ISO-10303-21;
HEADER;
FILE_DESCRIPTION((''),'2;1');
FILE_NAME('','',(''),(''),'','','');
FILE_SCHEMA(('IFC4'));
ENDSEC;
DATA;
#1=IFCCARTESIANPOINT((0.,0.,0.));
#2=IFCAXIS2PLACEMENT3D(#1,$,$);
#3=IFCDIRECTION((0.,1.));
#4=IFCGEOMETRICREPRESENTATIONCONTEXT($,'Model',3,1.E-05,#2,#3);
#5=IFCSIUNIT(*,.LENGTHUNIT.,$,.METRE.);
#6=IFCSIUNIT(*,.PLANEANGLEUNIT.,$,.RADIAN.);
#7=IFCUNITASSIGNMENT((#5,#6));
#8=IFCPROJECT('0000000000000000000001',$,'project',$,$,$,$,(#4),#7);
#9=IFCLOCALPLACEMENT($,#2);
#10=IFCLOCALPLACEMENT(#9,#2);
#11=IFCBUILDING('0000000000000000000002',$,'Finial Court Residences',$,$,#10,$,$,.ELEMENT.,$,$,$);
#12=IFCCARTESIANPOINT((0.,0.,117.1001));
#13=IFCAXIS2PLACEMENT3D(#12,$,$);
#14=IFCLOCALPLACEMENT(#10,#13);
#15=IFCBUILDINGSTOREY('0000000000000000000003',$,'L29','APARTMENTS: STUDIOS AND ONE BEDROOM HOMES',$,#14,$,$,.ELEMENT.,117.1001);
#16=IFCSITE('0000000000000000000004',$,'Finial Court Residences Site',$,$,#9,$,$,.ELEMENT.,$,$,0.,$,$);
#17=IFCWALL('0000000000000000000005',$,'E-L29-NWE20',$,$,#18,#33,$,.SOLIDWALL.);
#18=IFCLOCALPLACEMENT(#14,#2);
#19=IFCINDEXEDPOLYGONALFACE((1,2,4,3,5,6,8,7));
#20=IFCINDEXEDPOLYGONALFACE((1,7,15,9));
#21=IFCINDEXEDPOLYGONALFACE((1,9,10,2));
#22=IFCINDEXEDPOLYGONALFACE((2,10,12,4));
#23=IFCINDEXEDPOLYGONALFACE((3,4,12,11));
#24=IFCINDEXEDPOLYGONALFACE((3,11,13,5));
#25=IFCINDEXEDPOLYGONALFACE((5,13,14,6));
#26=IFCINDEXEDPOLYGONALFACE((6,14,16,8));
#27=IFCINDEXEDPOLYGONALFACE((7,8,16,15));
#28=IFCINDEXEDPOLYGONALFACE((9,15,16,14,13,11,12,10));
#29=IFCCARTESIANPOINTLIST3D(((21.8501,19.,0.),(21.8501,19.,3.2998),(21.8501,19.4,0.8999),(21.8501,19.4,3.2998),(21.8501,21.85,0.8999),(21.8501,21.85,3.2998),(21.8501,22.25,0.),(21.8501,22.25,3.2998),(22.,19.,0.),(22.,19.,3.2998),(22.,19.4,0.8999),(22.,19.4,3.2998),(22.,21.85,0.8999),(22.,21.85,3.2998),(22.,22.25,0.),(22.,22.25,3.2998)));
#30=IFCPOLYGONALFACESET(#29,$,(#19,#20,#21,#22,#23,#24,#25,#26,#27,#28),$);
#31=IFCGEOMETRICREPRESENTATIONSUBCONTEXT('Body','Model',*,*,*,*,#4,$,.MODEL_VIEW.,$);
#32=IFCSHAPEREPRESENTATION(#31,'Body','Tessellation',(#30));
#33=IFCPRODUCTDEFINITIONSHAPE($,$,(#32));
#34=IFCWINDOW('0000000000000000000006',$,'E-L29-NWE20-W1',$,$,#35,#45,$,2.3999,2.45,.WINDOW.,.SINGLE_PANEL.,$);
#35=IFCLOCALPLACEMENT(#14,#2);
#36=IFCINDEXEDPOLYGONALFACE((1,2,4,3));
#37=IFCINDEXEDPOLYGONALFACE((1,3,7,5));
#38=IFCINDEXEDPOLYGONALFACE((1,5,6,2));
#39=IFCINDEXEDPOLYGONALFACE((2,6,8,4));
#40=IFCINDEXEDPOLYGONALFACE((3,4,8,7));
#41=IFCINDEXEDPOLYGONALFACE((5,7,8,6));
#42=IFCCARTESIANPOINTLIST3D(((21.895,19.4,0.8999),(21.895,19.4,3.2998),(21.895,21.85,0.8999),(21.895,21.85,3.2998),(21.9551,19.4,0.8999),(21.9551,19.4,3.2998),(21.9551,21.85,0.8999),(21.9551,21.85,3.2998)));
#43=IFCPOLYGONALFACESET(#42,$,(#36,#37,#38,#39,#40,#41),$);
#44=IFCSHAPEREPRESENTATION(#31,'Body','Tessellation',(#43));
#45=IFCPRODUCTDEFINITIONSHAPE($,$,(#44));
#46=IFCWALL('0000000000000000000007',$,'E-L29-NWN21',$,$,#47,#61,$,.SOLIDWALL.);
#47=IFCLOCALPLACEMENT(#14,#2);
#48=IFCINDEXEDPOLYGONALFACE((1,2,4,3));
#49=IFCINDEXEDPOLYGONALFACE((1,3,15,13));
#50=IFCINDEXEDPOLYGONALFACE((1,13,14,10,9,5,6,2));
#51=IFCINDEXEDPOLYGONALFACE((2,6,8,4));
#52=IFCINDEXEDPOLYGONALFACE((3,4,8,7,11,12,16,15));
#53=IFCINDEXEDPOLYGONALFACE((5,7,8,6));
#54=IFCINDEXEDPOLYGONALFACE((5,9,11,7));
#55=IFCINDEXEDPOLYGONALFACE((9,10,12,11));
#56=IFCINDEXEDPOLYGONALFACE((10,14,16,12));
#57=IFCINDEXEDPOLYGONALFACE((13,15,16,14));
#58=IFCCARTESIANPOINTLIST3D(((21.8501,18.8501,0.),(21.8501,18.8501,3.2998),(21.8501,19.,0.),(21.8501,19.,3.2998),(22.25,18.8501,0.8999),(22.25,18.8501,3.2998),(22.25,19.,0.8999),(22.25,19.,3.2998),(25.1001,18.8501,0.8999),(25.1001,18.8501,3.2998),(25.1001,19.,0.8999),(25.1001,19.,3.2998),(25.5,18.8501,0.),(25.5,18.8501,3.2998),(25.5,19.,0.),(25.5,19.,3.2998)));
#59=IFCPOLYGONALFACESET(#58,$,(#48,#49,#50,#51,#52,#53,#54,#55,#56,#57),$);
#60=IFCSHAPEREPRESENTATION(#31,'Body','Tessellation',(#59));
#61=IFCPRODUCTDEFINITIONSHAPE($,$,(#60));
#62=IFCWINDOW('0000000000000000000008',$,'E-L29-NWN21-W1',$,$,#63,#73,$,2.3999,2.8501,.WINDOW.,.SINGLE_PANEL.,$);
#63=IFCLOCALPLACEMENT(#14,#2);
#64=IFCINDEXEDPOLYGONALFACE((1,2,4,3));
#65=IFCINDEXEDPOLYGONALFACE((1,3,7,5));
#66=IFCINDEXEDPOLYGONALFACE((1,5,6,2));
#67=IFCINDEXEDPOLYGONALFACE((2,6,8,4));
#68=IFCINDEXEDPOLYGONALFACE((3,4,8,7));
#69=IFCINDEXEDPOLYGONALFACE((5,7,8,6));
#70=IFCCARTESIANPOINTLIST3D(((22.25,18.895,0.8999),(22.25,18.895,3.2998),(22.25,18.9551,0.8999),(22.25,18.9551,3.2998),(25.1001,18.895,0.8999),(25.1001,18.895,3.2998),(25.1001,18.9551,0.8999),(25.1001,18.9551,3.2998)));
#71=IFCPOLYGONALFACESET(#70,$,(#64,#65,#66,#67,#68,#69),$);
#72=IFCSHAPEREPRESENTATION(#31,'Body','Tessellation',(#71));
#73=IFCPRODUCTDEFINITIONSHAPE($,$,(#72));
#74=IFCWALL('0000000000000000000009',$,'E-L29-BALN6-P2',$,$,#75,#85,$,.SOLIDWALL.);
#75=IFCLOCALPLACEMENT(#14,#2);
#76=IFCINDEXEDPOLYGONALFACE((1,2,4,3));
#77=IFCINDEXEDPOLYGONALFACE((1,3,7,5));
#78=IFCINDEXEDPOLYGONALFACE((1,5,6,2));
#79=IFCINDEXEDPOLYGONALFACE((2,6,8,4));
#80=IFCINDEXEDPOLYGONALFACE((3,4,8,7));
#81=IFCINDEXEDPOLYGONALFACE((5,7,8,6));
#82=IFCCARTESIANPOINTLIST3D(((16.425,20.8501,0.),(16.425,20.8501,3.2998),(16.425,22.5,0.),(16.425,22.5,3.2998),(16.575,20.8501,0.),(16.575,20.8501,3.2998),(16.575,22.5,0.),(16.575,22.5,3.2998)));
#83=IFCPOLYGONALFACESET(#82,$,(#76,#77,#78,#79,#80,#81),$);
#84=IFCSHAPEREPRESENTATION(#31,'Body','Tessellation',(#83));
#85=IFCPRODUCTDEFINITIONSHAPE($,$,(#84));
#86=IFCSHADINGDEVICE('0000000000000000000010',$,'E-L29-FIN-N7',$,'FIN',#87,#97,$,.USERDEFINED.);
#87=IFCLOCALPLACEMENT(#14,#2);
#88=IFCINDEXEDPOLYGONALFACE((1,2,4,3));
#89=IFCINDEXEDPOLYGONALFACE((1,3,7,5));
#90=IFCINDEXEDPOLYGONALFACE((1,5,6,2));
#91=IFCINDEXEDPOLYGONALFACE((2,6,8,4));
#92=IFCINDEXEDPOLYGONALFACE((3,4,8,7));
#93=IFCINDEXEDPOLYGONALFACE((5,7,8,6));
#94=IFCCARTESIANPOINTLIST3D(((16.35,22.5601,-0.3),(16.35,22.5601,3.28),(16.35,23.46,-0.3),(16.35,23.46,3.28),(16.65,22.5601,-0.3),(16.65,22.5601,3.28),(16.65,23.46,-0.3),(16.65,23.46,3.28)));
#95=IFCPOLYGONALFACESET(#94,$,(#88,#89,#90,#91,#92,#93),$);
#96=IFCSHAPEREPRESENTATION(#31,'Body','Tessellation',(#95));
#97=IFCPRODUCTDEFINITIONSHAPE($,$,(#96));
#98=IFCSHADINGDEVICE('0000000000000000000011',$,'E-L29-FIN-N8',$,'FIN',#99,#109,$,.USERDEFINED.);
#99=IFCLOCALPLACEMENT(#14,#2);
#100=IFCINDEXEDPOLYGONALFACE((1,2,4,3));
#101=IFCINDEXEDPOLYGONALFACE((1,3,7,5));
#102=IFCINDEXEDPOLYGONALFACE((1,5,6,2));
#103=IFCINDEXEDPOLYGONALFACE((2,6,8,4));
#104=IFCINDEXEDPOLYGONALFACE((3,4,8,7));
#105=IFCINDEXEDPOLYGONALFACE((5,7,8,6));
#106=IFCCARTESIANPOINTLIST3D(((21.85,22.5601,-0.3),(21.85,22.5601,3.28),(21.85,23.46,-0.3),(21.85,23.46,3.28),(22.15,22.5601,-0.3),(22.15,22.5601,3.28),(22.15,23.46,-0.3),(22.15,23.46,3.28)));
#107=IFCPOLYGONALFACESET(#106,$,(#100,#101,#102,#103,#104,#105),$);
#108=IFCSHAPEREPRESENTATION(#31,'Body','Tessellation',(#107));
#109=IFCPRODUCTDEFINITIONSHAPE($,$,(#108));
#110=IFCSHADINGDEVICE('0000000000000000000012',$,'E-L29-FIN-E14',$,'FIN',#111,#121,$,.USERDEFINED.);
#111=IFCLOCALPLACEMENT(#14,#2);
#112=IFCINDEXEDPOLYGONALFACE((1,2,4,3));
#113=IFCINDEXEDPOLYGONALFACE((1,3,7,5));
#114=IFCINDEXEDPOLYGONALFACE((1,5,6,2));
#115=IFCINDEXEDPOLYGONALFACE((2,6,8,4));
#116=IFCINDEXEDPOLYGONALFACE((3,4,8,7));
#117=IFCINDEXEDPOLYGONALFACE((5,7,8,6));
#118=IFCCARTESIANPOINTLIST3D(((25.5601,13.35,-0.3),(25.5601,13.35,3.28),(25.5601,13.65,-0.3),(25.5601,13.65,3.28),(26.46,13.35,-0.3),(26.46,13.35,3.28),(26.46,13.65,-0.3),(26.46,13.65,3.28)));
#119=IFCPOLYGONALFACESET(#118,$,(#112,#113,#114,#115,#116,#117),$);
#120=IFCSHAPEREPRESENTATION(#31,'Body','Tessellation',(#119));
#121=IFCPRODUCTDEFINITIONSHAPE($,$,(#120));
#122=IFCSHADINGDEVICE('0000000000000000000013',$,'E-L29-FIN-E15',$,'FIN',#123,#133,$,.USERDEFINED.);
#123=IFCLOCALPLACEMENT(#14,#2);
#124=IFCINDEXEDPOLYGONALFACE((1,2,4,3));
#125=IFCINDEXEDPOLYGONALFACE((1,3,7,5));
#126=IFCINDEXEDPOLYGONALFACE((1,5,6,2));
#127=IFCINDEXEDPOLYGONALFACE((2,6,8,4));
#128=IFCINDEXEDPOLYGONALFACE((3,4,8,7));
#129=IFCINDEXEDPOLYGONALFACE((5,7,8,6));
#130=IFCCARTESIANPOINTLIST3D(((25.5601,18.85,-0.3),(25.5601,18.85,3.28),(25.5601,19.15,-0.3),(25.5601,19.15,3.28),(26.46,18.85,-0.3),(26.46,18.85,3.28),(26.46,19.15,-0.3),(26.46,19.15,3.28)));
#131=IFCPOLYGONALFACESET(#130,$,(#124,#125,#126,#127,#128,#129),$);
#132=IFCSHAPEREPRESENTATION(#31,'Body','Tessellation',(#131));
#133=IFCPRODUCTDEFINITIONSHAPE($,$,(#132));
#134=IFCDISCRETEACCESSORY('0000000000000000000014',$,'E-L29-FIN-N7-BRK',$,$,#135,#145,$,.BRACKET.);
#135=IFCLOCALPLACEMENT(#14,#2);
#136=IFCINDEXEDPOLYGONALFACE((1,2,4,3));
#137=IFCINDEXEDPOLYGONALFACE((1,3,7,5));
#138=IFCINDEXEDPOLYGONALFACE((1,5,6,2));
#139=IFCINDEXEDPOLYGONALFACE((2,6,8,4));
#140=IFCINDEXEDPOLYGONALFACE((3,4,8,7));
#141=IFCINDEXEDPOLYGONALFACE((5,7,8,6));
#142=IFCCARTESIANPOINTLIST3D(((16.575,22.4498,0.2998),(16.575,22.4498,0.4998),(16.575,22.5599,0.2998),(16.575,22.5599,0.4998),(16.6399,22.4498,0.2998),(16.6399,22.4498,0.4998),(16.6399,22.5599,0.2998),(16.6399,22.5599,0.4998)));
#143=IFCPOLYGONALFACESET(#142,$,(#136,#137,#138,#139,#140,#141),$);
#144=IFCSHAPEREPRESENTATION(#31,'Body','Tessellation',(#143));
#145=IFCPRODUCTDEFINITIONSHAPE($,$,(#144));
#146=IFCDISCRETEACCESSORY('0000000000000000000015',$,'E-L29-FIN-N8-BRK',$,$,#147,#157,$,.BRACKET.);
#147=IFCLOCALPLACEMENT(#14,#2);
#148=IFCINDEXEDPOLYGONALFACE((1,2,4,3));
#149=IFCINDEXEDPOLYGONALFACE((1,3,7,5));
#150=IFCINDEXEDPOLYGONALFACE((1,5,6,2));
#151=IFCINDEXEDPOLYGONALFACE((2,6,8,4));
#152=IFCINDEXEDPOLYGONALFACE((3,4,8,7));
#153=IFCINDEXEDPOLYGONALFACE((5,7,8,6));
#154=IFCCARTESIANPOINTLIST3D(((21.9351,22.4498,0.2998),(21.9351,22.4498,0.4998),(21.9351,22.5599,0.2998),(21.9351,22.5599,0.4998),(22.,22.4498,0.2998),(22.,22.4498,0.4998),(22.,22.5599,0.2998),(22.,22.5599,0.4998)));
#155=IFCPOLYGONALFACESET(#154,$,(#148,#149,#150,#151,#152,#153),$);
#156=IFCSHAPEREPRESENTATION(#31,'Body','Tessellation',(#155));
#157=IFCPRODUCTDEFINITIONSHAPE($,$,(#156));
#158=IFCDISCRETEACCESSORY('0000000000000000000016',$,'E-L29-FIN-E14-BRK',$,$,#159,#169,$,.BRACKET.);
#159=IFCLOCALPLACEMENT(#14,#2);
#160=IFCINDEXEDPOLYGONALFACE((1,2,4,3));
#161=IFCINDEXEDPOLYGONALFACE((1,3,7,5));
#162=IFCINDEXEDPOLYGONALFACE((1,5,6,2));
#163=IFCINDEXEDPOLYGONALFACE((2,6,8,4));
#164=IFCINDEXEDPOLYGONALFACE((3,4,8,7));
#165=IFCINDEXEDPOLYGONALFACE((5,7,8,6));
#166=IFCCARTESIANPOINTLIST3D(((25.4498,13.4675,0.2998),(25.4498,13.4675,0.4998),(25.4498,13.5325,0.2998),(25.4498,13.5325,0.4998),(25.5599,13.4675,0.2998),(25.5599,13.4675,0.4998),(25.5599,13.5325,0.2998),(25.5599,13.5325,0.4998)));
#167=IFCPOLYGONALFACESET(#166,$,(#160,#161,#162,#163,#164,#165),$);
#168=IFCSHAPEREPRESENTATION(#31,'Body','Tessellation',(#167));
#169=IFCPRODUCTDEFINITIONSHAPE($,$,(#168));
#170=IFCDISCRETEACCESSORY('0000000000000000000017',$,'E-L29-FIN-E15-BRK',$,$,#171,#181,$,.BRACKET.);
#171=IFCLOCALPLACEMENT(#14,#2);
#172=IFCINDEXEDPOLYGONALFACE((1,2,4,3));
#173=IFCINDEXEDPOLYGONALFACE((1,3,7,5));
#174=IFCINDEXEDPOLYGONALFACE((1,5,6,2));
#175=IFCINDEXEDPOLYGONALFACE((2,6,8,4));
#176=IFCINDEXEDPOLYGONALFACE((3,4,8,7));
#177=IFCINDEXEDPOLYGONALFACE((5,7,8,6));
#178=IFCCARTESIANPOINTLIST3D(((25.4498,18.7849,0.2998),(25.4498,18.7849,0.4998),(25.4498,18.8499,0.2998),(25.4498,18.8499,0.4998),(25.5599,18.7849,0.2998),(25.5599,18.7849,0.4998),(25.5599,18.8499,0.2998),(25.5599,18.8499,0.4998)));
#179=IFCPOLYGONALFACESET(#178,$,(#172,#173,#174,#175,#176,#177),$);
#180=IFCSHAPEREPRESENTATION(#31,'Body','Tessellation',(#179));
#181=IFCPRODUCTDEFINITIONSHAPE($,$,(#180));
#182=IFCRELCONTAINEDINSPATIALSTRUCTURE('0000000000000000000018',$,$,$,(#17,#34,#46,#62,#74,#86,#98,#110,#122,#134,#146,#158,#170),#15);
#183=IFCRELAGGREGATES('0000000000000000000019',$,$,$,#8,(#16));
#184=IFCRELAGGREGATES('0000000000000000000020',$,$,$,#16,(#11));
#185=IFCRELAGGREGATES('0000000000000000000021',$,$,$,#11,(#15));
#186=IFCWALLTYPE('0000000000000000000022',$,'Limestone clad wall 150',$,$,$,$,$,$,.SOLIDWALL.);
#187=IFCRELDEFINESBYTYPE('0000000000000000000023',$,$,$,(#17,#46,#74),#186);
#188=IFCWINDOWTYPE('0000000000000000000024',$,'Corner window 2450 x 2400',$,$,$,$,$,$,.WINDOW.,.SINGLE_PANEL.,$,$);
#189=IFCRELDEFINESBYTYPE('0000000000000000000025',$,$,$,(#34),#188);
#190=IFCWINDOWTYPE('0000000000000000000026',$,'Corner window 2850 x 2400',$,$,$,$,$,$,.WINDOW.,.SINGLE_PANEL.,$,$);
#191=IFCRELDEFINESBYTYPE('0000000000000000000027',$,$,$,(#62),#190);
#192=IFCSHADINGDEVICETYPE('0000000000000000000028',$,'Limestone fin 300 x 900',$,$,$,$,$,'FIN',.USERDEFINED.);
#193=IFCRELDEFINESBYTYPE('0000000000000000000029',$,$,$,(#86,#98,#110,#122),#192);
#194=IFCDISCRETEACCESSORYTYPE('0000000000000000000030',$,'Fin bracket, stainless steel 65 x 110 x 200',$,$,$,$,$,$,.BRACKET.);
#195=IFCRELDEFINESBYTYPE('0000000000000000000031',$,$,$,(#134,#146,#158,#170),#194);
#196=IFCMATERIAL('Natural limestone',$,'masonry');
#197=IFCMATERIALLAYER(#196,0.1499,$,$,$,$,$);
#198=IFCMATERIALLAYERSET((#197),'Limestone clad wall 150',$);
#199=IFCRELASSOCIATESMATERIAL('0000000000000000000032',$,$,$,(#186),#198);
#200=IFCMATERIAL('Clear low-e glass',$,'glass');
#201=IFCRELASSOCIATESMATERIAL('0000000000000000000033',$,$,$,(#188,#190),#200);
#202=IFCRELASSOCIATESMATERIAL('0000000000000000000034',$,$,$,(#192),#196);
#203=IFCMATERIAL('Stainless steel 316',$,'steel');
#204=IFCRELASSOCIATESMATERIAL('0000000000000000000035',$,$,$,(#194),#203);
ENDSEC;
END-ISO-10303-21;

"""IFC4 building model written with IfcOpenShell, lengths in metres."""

from ifc_helpers import new_model, si_unit, direction, frame, frame_2d, origin, origin_2d, place, context, subcontext, project, spatial, rectangle, extrude, material, layer, layer_set, type_object, element, fill, save


model = new_model("IFC4")

# Units and contexts
model_context = context("Model", 3, precision=1e-05, world=origin(), true_north=direction((0.0, 1.0)))
body_context = subcontext(model_context, "Body", "Model", "MODEL_VIEW")
ifc_project = project(units=[si_unit("LENGTHUNIT", "METRE"), si_unit("PLANEANGLEUNIT", "RADIAN")], contexts=[model_context])

# Site, building, storey
site_placement = place(None, origin())
site = spatial("IfcSite", under=ifc_project, at=site_placement, Name="Finial Court Residences Site", CompositionType="ELEMENT", RefElevation=0.0)
building_placement = place(site_placement, origin())
building = spatial("IfcBuilding", under=site, at=building_placement, Name="Finial Court Residences", CompositionType="ELEMENT")
storey_placement = place(building_placement, frame((0.0, 0.0, 117.1001)))
storey = spatial("IfcBuildingStorey", under=building, at=storey_placement, Name="L29", Description="APARTMENTS: STUDIOS AND ONE BEDROOM HOMES", CompositionType="ELEMENT", Elevation=117.1001)

# Shared definitions
ifc_material_1 = material(Name="Clear low-e glass", Category="glass")

# Walls, openings, windows
ifc_material_2 = material(Name="Natural limestone", Category="masonry")
ifc_layer_1 = layer(ifc_material_2, 0.1499)
ifc_layer_set_1 = layer_set([ifc_layer_1], Name="Limestone clad wall 150")
wall_type = type_object("IfcWallType", Name="Limestone clad wall 150", PredefinedType="SOLIDWALL", material=ifc_layer_set_1)
wall_1_placement = place(storey_placement, frame((21.925, 22.25, 0.0), z_axis=(0.0, 0.0, 1.0), x_axis=(0.0, -1.0, 0.0)))
wall_1 = element("IfcWall", 1, at=wall_1_placement, inside=storey, type_object=wall_type, Name="E-L29-NWE20", PredefinedType="SOLIDWALL", context=body_context, shape_type="SweptSolid", body=[
    extrude(rectangle(XDim=3.25, YDim=0.1499, at=frame_2d((1.625, 0.0))), origin(), (0.0, 0.0, 1.0), 3.2998),
])
opening_1_placement = place(wall_1_placement, frame((0.3999, 0.0, 0.8999)))
opening_1 = element("IfcOpeningElement", 2, at=opening_1_placement, cuts=wall_1, PredefinedType="OPENING", context=body_context, shape_type="SweptSolid", body=[
    extrude(rectangle(XDim=2.45, YDim=2.3999, at=frame_2d((1.2251, 1.2))), frame((0.0, 0.085, 0.0), z_axis=(0.0, -1.0, 0.0), x_axis=(1.0, 0.0, 0.0)), (0.0, 0.0, 1.0), 0.1699),
])
window_type_1 = type_object("IfcWindowType", Name="Corner window 2450 x 2400", PartitioningType="SINGLE_PANEL", PredefinedType="WINDOW", material=ifc_material_1)
window_1_placement = place(opening_1_placement, origin())
window_1 = element("IfcWindow", 3, at=window_1_placement, inside=storey, type_object=window_type_1, Name="E-L29-NWE20-W1", OverallHeight=2.3999, OverallWidth=2.45, PartitioningType="SINGLE_PANEL", PredefinedType="WINDOW", context=body_context, shape_type="SweptSolid", body=[
    extrude(rectangle(XDim=2.45, YDim=2.3999, at=frame_2d((1.2251, 1.2))), frame((0.0, 0.03, 0.0), z_axis=(0.0, -1.0, 0.0), x_axis=(1.0, 0.0, 0.0)), (0.0, 0.0, 1.0), 0.0601),
])
fill(opening_1, window_1)
wall_2_placement = place(storey_placement, frame((21.8501, 18.925, 0.0), z_axis=(0.0, 0.0, 1.0), x_axis=(1.0, 0.0, 0.0)))
wall_2 = element("IfcWall", 4, at=wall_2_placement, inside=storey, type_object=wall_type, Name="E-L29-NWN21", PredefinedType="SOLIDWALL", context=body_context, shape_type="SweptSolid", body=[
    extrude(rectangle(XDim=3.6499, YDim=0.1499, at=frame_2d((1.825, 0.0))), origin(), (0.0, 0.0, 1.0), 3.2998),
])
opening_2_placement = place(wall_2_placement, frame((0.3999, 0.0, 0.8999)))
opening_2 = element("IfcOpeningElement", 5, at=opening_2_placement, cuts=wall_2, PredefinedType="OPENING", context=body_context, shape_type="SweptSolid", body=[
    extrude(rectangle(XDim=2.8501, YDim=2.3999, at=frame_2d((1.425, 1.2))), frame((0.0, 0.085, 0.0), z_axis=(0.0, -1.0, 0.0), x_axis=(1.0, 0.0, 0.0)), (0.0, 0.0, 1.0), 0.1699),
])
window_type_2 = type_object("IfcWindowType", Name="Corner window 2850 x 2400", PartitioningType="SINGLE_PANEL", PredefinedType="WINDOW", material=ifc_material_1)
window_2_placement = place(opening_2_placement, origin())
window_2 = element("IfcWindow", 6, at=window_2_placement, inside=storey, type_object=window_type_2, Name="E-L29-NWN21-W1", OverallHeight=2.3999, OverallWidth=2.8501, PartitioningType="SINGLE_PANEL", PredefinedType="WINDOW", context=body_context, shape_type="SweptSolid", body=[
    extrude(rectangle(XDim=2.8501, YDim=2.3999, at=frame_2d((1.425, 1.2))), frame((0.0, 0.03, 0.0), z_axis=(0.0, -1.0, 0.0), x_axis=(1.0, 0.0, 0.0)), (0.0, 0.0, 1.0), 0.0601),
])
fill(opening_2, window_2)

# Wall
wall_3_placement = place(storey_placement, frame((16.5, 20.8501, 0.0), z_axis=(0.0, 0.0, 1.0), x_axis=(0.0, 1.0, 0.0)))
element("IfcWall", 7, at=wall_3_placement, inside=storey, type_object=wall_type, Name="E-L29-BALN6-P2", PredefinedType="SOLIDWALL", context=body_context, shape_type="SweptSolid", body=[
    extrude(rectangle(XDim=1.6499, YDim=0.1499, at=frame_2d((0.825, 0.0))), origin(), (0.0, 0.0, 1.0), 3.2998),
])

# Shading devices
shading_device_type = type_object("IfcShadingDeviceType", Name="Limestone fin 300 x 900", ElementType="FIN", PredefinedType="USERDEFINED", material=ifc_material_2)
for number, where, z_axis, x_axis, name in (
    (8, (16.5, 23.01, -0.3), (0.0, 0.0, 1.0), (1.0, 0.0, 0.0), "E-L29-FIN-N7"),
    (9, (22.0, 23.01, -0.3), (0.0, 0.0, 1.0), (1.0, 0.0, 0.0), "E-L29-FIN-N8"),
):
    element("IfcShadingDevice", number, at=place(storey_placement, frame(where, z_axis=z_axis, x_axis=x_axis)), inside=storey, type_object=shading_device_type, Name=name, ObjectType="FIN", PredefinedType="USERDEFINED", context=body_context, shape_type="SweptSolid", body=[
        extrude(rectangle(XDim=0.3, YDim=0.8999, at=origin_2d()), origin(), (0.0, 0.0, 1.0), 3.5801),
    ])
for number, where, z_axis, x_axis, name in (
    (10, (26.01, 13.5, -0.3), (0.0, 0.0, 1.0), (1.0, 0.0, 0.0), "E-L29-FIN-E14"),
    (11, (26.01, 19.0, -0.3), (0.0, 0.0, 1.0), (1.0, 0.0, 0.0), "E-L29-FIN-E15"),
):
    element("IfcShadingDevice", number, at=place(storey_placement, frame(where, z_axis=z_axis, x_axis=x_axis)), inside=storey, type_object=shading_device_type, Name=name, ObjectType="FIN", PredefinedType="USERDEFINED", context=body_context, shape_type="SweptSolid", body=[
        extrude(rectangle(XDim=0.8999, YDim=0.3, at=origin_2d()), origin(), (0.0, 0.0, 1.0), 3.5801),
    ])

# Discrete accessories
ifc_material_3 = material(Name="Stainless steel 316", Category="steel")
discrete_accessory_type = type_object("IfcDiscreteAccessoryType", Name="Fin bracket, stainless steel 65 x 110 x 200", PredefinedType="BRACKET", material=ifc_material_3)
for number, where, z_axis, x_axis, name in (
    (12, (16.6074, 22.5049, 0.2998), (0.0, 0.0, 1.0), (1.0, 0.0, 0.0), "E-L29-FIN-N7-BRK"),
    (13, (21.9675, 22.5049, 0.2998), (0.0, 0.0, 1.0), (1.0, 0.0, 0.0), "E-L29-FIN-N8-BRK"),
):
    element("IfcDiscreteAccessory", number, at=place(storey_placement, frame(where, z_axis=z_axis, x_axis=x_axis)), inside=storey, type_object=discrete_accessory_type, Name=name, PredefinedType="BRACKET", context=body_context, shape_type="SweptSolid", body=[
        extrude(rectangle(XDim=0.0649, YDim=0.1101, at=origin_2d()), origin(), (0.0, 0.0, 1.0), 0.2),
    ])
for number, where, z_axis, x_axis, name in (
    (14, (25.5049, 13.5, 0.2998), (0.0, 0.0, 1.0), (1.0, 0.0, 0.0), "E-L29-FIN-E14-BRK"),
    (15, (25.5049, 18.8174, 0.2998), (0.0, 0.0, 1.0), (1.0, 0.0, 0.0), "E-L29-FIN-E15-BRK"),
):
    element("IfcDiscreteAccessory", number, at=place(storey_placement, frame(where, z_axis=z_axis, x_axis=x_axis)), inside=storey, type_object=discrete_accessory_type, Name=name, PredefinedType="BRACKET", context=body_context, shape_type="SweptSolid", body=[
        extrude(rectangle(XDim=0.1101, YDim=0.0649, at=origin_2d()), origin(), (0.0, 0.0, 1.0), 0.2),
    ])

save(model, "model.ifc")
